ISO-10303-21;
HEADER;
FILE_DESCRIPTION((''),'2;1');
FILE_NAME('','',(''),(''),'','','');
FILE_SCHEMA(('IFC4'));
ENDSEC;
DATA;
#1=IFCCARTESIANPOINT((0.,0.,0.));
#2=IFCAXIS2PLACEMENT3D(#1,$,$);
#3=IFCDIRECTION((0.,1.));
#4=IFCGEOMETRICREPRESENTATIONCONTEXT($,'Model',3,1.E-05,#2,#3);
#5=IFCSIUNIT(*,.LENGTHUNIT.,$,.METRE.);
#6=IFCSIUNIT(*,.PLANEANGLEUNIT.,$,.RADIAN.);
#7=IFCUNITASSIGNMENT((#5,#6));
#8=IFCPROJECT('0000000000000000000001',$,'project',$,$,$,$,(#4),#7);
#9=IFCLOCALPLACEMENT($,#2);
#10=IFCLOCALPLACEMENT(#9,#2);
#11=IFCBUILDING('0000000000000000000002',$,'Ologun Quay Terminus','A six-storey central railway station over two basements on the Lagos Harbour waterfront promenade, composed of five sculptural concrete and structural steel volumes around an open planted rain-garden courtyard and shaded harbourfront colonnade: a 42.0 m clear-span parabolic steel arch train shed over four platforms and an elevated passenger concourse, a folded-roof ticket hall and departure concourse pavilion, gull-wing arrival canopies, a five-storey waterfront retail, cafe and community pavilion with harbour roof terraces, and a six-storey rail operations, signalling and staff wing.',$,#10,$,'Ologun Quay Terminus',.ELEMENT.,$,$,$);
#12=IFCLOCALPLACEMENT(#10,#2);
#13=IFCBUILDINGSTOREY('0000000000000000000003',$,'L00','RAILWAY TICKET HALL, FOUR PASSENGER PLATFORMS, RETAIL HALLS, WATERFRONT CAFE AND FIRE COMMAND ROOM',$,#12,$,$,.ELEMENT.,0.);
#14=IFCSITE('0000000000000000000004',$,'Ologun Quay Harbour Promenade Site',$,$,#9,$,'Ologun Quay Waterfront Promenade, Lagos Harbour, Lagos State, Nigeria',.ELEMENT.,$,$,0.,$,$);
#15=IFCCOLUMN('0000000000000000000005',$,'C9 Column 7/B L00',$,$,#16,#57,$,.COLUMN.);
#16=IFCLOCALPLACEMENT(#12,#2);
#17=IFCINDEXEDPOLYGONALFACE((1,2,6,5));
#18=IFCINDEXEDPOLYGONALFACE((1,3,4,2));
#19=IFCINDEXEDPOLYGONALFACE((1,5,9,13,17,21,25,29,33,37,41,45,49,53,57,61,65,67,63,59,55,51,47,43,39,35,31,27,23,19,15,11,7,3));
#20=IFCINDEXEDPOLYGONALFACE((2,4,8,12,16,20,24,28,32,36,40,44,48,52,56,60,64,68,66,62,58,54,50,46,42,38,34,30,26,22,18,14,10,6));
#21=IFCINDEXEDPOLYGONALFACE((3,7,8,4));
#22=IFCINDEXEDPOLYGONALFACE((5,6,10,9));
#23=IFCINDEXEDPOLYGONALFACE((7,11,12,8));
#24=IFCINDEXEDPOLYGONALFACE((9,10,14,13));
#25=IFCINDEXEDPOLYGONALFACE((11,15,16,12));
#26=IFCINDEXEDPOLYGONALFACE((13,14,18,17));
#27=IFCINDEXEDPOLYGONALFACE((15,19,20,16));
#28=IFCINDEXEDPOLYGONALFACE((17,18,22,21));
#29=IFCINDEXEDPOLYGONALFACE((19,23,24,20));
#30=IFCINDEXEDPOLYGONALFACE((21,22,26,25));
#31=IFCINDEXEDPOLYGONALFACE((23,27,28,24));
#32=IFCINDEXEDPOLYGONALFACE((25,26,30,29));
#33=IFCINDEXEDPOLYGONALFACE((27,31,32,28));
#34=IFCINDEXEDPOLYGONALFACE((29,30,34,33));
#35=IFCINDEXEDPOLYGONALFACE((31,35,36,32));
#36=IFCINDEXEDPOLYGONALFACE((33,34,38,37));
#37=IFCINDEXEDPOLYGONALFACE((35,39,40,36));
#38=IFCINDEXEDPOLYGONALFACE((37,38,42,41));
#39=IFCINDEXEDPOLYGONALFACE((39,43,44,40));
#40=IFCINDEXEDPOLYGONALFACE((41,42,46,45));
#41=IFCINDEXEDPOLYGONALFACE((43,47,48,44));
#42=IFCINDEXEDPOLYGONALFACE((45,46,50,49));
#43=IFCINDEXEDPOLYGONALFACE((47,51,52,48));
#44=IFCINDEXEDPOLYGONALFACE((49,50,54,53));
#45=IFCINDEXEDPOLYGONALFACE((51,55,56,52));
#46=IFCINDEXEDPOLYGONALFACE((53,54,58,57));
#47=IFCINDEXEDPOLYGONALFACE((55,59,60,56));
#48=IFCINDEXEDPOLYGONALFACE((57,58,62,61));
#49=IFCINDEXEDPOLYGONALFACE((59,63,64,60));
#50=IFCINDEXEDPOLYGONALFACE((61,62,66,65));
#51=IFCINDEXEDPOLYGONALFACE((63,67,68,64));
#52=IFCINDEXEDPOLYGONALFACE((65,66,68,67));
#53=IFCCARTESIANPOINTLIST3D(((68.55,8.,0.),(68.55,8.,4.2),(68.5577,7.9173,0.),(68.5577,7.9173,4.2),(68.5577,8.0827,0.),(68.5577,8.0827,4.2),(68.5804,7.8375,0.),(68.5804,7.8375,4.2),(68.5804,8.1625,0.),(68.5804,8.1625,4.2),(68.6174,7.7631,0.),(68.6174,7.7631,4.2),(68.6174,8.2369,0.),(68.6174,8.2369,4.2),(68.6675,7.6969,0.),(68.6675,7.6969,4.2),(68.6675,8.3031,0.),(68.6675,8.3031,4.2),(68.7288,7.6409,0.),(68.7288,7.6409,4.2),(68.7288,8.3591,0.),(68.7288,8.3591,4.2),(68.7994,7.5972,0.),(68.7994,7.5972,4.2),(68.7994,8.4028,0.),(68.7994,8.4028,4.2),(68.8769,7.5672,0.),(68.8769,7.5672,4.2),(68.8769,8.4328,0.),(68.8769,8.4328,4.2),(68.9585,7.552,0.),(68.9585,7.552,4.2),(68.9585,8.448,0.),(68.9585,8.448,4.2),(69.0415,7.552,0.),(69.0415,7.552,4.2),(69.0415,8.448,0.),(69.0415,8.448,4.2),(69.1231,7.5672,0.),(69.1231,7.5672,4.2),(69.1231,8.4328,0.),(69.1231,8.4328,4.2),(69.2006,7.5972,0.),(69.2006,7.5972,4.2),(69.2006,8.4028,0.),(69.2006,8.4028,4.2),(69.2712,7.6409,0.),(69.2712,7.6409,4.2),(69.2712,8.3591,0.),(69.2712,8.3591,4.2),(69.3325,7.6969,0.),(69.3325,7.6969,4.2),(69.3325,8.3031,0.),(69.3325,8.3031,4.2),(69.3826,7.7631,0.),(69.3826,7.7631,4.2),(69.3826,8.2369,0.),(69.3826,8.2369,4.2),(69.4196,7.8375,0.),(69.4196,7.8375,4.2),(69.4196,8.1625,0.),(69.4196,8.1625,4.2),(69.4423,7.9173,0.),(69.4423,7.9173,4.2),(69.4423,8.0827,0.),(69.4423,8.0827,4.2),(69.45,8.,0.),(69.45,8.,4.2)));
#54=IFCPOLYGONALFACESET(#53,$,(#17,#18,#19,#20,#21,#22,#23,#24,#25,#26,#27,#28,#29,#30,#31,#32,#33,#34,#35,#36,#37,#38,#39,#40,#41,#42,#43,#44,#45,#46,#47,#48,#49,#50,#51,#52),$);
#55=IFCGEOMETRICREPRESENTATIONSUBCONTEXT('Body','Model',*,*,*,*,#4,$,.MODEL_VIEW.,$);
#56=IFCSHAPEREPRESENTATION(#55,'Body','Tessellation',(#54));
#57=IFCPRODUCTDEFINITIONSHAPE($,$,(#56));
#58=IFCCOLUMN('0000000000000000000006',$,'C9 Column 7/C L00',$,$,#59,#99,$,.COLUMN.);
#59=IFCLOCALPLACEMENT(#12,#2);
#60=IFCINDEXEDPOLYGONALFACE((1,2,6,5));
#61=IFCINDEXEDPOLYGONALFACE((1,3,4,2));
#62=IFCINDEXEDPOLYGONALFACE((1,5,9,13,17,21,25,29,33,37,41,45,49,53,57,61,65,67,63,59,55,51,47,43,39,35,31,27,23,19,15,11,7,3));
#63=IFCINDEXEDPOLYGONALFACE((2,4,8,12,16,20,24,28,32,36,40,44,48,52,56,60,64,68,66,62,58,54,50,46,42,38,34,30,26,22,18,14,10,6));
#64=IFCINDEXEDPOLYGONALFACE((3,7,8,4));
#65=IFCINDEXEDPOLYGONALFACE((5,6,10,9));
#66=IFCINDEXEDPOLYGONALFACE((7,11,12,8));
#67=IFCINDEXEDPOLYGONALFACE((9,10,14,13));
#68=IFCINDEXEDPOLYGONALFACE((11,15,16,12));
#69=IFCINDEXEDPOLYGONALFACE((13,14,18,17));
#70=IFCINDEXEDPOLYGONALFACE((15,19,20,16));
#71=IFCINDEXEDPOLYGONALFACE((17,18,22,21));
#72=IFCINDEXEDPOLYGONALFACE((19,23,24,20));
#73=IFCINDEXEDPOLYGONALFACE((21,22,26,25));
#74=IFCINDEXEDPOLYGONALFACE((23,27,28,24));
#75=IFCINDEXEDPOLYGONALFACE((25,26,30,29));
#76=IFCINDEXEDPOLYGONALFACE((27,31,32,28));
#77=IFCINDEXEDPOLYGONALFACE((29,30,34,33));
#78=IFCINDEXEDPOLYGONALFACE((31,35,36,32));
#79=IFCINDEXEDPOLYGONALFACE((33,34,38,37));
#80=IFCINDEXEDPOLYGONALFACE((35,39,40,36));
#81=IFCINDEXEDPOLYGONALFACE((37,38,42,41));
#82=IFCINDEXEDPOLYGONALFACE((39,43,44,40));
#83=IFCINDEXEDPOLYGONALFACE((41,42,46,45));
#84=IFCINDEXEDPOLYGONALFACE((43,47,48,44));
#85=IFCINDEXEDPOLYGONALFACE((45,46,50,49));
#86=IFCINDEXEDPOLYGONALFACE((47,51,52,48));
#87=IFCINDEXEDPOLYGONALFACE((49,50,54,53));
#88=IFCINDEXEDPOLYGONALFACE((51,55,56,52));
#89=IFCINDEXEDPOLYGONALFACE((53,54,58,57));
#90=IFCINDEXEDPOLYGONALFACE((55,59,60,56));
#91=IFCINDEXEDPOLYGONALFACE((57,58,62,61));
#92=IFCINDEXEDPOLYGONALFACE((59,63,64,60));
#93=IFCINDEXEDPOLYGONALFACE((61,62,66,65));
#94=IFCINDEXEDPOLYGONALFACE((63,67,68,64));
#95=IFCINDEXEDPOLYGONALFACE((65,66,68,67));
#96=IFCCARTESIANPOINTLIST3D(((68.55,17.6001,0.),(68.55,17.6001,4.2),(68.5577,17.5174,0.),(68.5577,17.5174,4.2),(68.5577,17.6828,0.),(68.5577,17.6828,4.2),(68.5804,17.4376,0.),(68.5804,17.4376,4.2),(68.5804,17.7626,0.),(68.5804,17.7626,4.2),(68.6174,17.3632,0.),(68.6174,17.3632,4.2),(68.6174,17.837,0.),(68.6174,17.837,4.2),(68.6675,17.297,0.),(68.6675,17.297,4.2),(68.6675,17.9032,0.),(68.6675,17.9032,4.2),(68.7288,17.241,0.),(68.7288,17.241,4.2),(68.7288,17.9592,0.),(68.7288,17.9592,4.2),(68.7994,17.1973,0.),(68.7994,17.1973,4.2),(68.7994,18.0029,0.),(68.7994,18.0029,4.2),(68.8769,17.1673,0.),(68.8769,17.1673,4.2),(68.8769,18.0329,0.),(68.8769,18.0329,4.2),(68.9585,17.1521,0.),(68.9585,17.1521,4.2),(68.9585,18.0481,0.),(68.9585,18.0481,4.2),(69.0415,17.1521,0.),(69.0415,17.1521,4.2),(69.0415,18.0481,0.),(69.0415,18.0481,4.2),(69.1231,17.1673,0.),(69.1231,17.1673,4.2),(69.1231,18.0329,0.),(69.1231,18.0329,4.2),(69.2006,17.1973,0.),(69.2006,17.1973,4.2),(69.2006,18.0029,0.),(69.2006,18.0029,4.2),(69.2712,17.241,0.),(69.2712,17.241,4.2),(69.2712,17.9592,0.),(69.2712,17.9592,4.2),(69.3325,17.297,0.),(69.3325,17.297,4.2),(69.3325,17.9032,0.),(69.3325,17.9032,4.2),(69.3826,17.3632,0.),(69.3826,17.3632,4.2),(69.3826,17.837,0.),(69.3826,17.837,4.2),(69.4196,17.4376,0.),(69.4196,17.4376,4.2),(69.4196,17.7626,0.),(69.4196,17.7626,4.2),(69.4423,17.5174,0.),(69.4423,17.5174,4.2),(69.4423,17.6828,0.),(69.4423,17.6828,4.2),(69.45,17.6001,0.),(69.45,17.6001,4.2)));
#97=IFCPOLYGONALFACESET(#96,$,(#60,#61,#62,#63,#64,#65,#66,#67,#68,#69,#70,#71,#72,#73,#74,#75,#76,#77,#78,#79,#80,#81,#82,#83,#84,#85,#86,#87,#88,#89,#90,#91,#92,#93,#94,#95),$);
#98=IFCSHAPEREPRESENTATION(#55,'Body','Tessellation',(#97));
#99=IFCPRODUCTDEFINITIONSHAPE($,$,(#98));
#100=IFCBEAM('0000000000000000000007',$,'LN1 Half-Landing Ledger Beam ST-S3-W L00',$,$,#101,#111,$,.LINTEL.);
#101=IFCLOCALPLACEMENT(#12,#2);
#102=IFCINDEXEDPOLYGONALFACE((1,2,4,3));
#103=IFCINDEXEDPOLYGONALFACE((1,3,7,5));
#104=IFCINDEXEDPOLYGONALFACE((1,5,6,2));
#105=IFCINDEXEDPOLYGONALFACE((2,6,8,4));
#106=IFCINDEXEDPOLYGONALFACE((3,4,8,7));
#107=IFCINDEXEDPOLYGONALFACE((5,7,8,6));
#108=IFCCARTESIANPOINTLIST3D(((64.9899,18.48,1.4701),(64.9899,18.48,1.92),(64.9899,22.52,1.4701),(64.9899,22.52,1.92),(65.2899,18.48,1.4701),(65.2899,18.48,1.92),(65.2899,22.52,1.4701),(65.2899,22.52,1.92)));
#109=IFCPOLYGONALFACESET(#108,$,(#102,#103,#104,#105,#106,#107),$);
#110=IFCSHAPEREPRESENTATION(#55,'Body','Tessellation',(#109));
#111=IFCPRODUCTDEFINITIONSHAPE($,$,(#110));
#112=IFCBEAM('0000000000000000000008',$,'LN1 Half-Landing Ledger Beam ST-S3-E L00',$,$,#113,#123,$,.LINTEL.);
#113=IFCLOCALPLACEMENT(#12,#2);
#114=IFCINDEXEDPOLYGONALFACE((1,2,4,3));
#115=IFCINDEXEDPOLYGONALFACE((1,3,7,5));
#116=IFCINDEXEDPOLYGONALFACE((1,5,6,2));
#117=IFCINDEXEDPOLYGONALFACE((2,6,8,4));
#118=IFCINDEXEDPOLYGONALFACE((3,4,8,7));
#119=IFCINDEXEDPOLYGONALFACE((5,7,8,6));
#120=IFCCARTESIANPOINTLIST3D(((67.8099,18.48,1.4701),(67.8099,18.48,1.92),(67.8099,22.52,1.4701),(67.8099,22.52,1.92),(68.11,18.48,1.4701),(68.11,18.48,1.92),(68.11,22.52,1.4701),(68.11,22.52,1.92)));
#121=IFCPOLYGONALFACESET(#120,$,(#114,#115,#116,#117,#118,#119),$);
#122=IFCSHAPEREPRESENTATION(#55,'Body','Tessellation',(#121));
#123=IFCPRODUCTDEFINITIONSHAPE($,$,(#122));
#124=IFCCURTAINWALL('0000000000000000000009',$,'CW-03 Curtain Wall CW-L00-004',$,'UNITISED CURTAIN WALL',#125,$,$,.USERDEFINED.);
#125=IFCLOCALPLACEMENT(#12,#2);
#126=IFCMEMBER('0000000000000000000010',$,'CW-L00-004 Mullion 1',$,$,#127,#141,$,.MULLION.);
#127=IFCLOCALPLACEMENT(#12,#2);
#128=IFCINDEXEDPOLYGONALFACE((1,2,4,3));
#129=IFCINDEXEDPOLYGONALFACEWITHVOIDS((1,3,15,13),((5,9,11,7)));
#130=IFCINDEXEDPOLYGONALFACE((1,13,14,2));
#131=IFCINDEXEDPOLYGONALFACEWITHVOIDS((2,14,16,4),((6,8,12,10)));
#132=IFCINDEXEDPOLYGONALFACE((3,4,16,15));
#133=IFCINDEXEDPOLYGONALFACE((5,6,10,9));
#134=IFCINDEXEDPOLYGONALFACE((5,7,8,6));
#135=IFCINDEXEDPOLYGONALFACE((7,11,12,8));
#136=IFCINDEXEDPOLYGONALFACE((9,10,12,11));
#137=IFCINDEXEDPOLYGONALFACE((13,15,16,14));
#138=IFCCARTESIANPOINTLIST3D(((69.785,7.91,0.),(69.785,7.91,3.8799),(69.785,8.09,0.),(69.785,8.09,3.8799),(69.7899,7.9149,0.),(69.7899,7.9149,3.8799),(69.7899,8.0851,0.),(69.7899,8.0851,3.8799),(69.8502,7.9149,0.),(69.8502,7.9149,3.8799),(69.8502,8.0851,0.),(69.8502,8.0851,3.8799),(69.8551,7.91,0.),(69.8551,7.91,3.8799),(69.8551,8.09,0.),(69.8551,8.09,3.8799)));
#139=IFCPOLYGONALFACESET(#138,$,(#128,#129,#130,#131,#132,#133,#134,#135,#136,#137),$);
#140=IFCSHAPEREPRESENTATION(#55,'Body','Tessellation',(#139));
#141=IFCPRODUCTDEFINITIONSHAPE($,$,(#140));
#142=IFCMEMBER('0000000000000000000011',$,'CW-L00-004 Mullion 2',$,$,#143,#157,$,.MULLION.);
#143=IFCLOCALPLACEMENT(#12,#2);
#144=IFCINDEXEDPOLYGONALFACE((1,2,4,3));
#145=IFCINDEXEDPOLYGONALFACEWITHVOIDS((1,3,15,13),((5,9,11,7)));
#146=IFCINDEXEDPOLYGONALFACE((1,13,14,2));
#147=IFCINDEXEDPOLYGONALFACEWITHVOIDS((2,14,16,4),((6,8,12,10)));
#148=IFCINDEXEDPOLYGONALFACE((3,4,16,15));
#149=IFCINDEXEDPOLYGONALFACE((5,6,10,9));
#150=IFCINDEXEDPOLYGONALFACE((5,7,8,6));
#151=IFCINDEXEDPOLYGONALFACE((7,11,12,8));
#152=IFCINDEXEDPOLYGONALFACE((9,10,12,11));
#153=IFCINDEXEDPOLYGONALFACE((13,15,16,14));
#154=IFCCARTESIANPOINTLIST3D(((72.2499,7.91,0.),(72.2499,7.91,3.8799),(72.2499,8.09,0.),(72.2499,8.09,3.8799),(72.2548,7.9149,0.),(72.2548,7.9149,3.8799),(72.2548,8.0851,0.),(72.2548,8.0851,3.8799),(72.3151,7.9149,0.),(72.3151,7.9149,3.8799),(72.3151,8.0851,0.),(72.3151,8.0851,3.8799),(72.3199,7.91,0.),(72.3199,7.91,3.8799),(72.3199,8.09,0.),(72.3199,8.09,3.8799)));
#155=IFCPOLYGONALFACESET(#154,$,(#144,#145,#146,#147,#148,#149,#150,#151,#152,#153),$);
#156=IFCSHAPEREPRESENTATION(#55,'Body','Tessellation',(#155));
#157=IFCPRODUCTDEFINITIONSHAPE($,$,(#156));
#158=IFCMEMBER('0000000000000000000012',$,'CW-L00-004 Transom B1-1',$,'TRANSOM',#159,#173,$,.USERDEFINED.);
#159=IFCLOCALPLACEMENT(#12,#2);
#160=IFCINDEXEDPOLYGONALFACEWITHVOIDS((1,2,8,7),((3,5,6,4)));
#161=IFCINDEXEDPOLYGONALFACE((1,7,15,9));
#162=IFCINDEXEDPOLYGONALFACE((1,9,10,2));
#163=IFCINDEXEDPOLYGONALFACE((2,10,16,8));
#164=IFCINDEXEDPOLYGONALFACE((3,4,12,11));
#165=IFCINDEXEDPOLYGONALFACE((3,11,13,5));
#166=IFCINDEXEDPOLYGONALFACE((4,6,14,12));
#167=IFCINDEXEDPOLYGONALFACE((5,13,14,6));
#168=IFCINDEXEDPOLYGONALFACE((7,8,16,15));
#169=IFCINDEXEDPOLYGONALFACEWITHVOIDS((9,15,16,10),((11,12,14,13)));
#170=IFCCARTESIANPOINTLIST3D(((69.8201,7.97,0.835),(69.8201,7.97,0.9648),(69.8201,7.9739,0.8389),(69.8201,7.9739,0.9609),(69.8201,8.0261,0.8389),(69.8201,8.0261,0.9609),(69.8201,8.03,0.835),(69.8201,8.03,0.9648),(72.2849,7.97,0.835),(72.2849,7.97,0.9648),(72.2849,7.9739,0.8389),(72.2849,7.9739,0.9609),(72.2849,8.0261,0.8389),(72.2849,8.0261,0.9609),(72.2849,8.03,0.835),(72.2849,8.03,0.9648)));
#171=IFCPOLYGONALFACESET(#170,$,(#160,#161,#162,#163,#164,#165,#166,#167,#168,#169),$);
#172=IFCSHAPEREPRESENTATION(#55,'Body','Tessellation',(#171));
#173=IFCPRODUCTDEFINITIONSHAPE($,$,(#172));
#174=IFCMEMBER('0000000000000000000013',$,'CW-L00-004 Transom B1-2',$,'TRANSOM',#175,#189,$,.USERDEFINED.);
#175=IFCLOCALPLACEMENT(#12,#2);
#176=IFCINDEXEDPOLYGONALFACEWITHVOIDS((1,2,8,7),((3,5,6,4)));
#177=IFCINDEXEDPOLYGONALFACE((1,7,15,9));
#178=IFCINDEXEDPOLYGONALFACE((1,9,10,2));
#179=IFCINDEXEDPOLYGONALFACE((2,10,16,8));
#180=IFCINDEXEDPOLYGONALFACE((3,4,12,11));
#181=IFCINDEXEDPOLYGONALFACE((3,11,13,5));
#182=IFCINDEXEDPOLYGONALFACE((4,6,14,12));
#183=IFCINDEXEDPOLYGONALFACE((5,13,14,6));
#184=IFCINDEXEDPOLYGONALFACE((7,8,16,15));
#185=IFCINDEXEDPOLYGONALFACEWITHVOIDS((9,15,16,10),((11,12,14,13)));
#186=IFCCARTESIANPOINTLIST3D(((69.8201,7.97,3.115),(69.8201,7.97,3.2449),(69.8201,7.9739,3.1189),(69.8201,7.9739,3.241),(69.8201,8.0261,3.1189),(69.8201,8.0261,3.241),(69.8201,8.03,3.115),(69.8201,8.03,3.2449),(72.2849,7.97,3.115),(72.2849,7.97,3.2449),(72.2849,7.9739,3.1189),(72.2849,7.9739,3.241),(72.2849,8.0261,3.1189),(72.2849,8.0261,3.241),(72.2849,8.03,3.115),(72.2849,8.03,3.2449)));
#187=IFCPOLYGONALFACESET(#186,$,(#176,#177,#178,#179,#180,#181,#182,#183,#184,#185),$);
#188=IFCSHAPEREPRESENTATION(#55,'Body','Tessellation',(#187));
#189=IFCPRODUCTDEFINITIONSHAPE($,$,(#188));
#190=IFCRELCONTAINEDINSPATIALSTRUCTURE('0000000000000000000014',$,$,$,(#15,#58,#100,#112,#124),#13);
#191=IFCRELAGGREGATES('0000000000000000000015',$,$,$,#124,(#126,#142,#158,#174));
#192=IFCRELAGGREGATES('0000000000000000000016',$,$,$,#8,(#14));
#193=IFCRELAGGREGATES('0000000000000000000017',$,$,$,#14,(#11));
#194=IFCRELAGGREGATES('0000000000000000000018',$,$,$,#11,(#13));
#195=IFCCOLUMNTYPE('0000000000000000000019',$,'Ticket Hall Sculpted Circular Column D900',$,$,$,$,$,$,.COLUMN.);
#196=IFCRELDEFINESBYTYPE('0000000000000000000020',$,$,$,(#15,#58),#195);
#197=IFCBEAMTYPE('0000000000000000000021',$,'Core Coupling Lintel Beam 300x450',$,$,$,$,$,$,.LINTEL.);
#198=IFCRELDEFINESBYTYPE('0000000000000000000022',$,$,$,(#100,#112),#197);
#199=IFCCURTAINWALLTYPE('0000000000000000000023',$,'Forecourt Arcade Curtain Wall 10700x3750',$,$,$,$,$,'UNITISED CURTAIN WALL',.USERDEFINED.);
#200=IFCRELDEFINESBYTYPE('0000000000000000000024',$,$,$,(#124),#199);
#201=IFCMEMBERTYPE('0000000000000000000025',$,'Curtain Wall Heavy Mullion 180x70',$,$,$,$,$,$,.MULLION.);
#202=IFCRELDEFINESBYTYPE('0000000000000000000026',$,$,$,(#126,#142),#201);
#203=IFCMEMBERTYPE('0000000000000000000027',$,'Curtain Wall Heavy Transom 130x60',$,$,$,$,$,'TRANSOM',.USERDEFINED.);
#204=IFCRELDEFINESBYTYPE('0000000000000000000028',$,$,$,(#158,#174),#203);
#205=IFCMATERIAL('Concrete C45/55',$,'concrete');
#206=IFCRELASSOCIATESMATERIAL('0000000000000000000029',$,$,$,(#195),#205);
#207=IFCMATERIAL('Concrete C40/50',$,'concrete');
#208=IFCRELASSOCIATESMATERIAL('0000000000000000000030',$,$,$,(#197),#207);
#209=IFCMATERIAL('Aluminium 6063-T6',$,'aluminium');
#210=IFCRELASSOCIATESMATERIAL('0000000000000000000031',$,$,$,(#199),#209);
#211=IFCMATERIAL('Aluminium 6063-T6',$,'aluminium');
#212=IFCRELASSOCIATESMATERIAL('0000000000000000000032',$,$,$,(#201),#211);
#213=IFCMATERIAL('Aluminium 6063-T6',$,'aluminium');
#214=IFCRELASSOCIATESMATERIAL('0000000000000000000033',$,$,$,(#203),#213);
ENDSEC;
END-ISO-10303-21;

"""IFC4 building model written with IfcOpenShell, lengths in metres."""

from ifc_helpers import new_model, si_unit, direction, frame, origin, origin_2d, place, context, subcontext, project, spatial, rectangle, hollow_rectangle, circle, extrude, material, material_profile, profile_set, type_object, element, aggregate, save


model = new_model("IFC4")

# Units and contexts
model_context = context("Model", 3, precision=1e-05, world=origin(), true_north=direction((0.0, 1.0)))
body_context = subcontext(model_context, "Body", "Model", "MODEL_VIEW")
ifc_project = project(units=[si_unit("LENGTHUNIT", "METRE"), si_unit("PLANEANGLEUNIT", "RADIAN")], contexts=[model_context])

# Site, building, storey
site_placement = place(None, origin())
site = spatial("IfcSite", under=ifc_project, at=site_placement, Name="Ologun Quay Harbour Promenade Site", LongName="Ologun Quay Waterfront Promenade, Lagos Harbour, Lagos State, Nigeria", CompositionType="ELEMENT", RefElevation=0.0)
building_placement = place(site_placement, origin())
building = spatial("IfcBuilding", under=site, at=building_placement, Name="Ologun Quay Terminus", Description="A six-storey central railway station over two basements on the Lagos Harbour waterfront promenade, composed of five sculptural concrete and structural steel volumes around an open planted rain-garden courtyard and shaded harbourfront colonnade: a 42.0 m clear-span parabolic steel arch train shed over four platforms and an elevated passenger concourse, a folded-roof ticket hall and departure concourse pavilion, gull-wing arrival canopies, a five-storey waterfront retail, cafe and community pavilion with harbour roof terraces, and a six-storey rail operations, signalling and staff wing.", LongName="Ologun Quay Terminus", CompositionType="ELEMENT")
storey_placement = place(building_placement, origin())
storey = spatial("IfcBuildingStorey", under=building, at=storey_placement, Name="L00", Description="RAILWAY TICKET HALL, FOUR PASSENGER PLATFORMS, RETAIL HALLS, WATERFRONT CAFE AND FIRE COMMAND ROOM", CompositionType="ELEMENT", Elevation=0.0)

# Columns
ifc_material_1 = material(Name="Concrete C45/55", Category="concrete")
ifc_material_profile_1 = material_profile(ifc_material_1, circle(Radius=0.45, at=origin_2d()), Name="RC D900")
ifc_profile_set_1 = profile_set([ifc_material_profile_1], Name="Concrete C45/55")
column_type = type_object("IfcColumnType", Name="Ticket Hall Sculpted Circular Column D900", PredefinedType="COLUMN", material=ifc_profile_set_1)
for number, where, z_axis, x_axis, name in (
    (1, (69.0, 8.0, 0.0), (0.0, 0.0, 1.0), (1.0, 0.0, 0.0), "C9 Column 7/B L00"),
    (2, (69.0, 17.6001, 0.0), (0.0, 0.0, 1.0), (1.0, 0.0, 0.0), "C9 Column 7/C L00"),
):
    element("IfcColumn", number, at=place(storey_placement, frame(where, z_axis=z_axis, x_axis=x_axis)), inside=storey, type_object=column_type, Name=name, PredefinedType="COLUMN", context=body_context, shape_type="SweptSolid", body=[
        extrude(circle(Radius=0.45, at=origin_2d()), origin(), (0.0, 0.0, 1.0), 4.2),
    ])

# Beams
ifc_material_2 = material(Name="Concrete C40/50", Category="concrete")
ifc_material_profile_2 = material_profile(ifc_material_2, rectangle(XDim=0.3, YDim=0.45, at=origin_2d()), Name="RC 300x450")
ifc_profile_set_2 = profile_set([ifc_material_profile_2], Name="Concrete C40/50")
beam_type_1 = type_object("IfcBeamType", Name="Core Coupling Lintel Beam 300x450", PredefinedType="LINTEL", material=ifc_profile_set_2)
for number, where, z_axis, x_axis, name in (
    (3, (65.1399, 18.48, 1.6951), (0.0, 1.0, 0.0), (-1.0, 0.0, 0.0), "LN1 Half-Landing Ledger Beam ST-S3-W L00"),
    (4, (67.96, 18.48, 1.6951), (0.0, 1.0, 0.0), (-1.0, 0.0, 0.0), "LN1 Half-Landing Ledger Beam ST-S3-E L00"),
):
    element("IfcBeam", number, at=place(storey_placement, frame(where, z_axis=z_axis, x_axis=x_axis)), inside=storey, type_object=beam_type_1, Name=name, PredefinedType="LINTEL", context=body_context, shape_type="SweptSolid", body=[
        extrude(rectangle(XDim=0.3, YDim=0.45, at=origin_2d()), origin(), (0.0, 0.0, 1.0), 4.04),
    ])

# Curtain wall, members
ifc_material_3 = material(Name="Aluminium 6063-T6", Category="aluminium")
curtain_wall_type = type_object("IfcCurtainWallType", Name="Forecourt Arcade Curtain Wall 10700x3750", ElementType="UNITISED CURTAIN WALL", PredefinedType="USERDEFINED", material=ifc_material_3)
curtain_wall_placement = place(storey_placement, origin())
curtain_wall = element("IfcCurtainWall", 5, at=curtain_wall_placement, inside=storey, type_object=curtain_wall_type, Name="CW-03 Curtain Wall CW-L00-004", ObjectType="UNITISED CURTAIN WALL", PredefinedType="USERDEFINED")
ifc_material_4 = material(Name="Aluminium 6063-T6", Category="aluminium")
ifc_material_profile_3 = material_profile(ifc_material_4, hollow_rectangle(XDim=0.0701, YDim=0.1799, WallThickness=0.0049, at=origin_2d()), Name="ALU 180x70x5")
ifc_profile_set_3 = profile_set([ifc_material_profile_3], Name="Aluminium 6063-T6")
member_type_1 = type_object("IfcMemberType", Name="Curtain Wall Heavy Mullion 180x70", PredefinedType="MULLION", material=ifc_profile_set_3)
member_1_placement = place(storey_placement, frame((69.8201, 8.0, 0.0), z_axis=(0.0, 0.0, 1.0), x_axis=(1.0, 0.0, 0.0)))
member_1 = element("IfcMember", 6, at=member_1_placement, type_object=member_type_1, Name="CW-L00-004 Mullion 1", PredefinedType="MULLION", context=body_context, shape_type="SweptSolid", body=[
    extrude(hollow_rectangle(XDim=0.0701, YDim=0.1799, WallThickness=0.0049, at=origin_2d()), origin(), (0.0, 0.0, 1.0), 3.8799),
])
member_2_placement = place(storey_placement, frame((72.2849, 8.0, 0.0), z_axis=(0.0, 0.0, 1.0), x_axis=(1.0, 0.0, 0.0)))
member_2 = element("IfcMember", 7, at=member_2_placement, type_object=member_type_1, Name="CW-L00-004 Mullion 2", PredefinedType="MULLION", context=body_context, shape_type="SweptSolid", body=[
    extrude(hollow_rectangle(XDim=0.0701, YDim=0.1799, WallThickness=0.0049, at=origin_2d()), origin(), (0.0, 0.0, 1.0), 3.8799),
])
ifc_material_5 = material(Name="Aluminium 6063-T6", Category="aluminium")
ifc_material_profile_4 = material_profile(ifc_material_5, hollow_rectangle(XDim=0.0601, YDim=0.1299, WallThickness=0.0039, at=origin_2d()), Name="ALU 130x60x4")
ifc_profile_set_4 = profile_set([ifc_material_profile_4], Name="Aluminium 6063-T6")
member_type_2 = type_object("IfcMemberType", Name="Curtain Wall Heavy Transom 130x60", ElementType="TRANSOM", PredefinedType="USERDEFINED", material=ifc_profile_set_4)
member_3_placement = place(storey_placement, frame((69.8201, 8.0, 0.8999), z_axis=(1.0, 0.0, 0.0), x_axis=(0.0, 1.0, 0.0)))
member_3 = element("IfcMember", 8, at=member_3_placement, type_object=member_type_2, Name="CW-L00-004 Transom B1-1", ObjectType="TRANSOM", PredefinedType="USERDEFINED", context=body_context, shape_type="SweptSolid", body=[
    extrude(hollow_rectangle(XDim=0.0601, YDim=0.1299, WallThickness=0.0039, at=origin_2d()), origin(), (0.0, 0.0, 1.0), 2.4648),
])
member_4_placement = place(storey_placement, frame((69.8201, 8.0, 3.1799), z_axis=(1.0, 0.0, 0.0), x_axis=(0.0, 1.0, 0.0)))
member_4 = element("IfcMember", 9, at=member_4_placement, type_object=member_type_2, Name="CW-L00-004 Transom B1-2", ObjectType="TRANSOM", PredefinedType="USERDEFINED", context=body_context, shape_type="SweptSolid", body=[
    extrude(hollow_rectangle(XDim=0.0601, YDim=0.1299, WallThickness=0.0039, at=origin_2d()), origin(), (0.0, 0.0, 1.0), 2.4648),
])

aggregate(curtain_wall, [member_1, member_2, member_3, member_4])

save(model, "model.ifc")
